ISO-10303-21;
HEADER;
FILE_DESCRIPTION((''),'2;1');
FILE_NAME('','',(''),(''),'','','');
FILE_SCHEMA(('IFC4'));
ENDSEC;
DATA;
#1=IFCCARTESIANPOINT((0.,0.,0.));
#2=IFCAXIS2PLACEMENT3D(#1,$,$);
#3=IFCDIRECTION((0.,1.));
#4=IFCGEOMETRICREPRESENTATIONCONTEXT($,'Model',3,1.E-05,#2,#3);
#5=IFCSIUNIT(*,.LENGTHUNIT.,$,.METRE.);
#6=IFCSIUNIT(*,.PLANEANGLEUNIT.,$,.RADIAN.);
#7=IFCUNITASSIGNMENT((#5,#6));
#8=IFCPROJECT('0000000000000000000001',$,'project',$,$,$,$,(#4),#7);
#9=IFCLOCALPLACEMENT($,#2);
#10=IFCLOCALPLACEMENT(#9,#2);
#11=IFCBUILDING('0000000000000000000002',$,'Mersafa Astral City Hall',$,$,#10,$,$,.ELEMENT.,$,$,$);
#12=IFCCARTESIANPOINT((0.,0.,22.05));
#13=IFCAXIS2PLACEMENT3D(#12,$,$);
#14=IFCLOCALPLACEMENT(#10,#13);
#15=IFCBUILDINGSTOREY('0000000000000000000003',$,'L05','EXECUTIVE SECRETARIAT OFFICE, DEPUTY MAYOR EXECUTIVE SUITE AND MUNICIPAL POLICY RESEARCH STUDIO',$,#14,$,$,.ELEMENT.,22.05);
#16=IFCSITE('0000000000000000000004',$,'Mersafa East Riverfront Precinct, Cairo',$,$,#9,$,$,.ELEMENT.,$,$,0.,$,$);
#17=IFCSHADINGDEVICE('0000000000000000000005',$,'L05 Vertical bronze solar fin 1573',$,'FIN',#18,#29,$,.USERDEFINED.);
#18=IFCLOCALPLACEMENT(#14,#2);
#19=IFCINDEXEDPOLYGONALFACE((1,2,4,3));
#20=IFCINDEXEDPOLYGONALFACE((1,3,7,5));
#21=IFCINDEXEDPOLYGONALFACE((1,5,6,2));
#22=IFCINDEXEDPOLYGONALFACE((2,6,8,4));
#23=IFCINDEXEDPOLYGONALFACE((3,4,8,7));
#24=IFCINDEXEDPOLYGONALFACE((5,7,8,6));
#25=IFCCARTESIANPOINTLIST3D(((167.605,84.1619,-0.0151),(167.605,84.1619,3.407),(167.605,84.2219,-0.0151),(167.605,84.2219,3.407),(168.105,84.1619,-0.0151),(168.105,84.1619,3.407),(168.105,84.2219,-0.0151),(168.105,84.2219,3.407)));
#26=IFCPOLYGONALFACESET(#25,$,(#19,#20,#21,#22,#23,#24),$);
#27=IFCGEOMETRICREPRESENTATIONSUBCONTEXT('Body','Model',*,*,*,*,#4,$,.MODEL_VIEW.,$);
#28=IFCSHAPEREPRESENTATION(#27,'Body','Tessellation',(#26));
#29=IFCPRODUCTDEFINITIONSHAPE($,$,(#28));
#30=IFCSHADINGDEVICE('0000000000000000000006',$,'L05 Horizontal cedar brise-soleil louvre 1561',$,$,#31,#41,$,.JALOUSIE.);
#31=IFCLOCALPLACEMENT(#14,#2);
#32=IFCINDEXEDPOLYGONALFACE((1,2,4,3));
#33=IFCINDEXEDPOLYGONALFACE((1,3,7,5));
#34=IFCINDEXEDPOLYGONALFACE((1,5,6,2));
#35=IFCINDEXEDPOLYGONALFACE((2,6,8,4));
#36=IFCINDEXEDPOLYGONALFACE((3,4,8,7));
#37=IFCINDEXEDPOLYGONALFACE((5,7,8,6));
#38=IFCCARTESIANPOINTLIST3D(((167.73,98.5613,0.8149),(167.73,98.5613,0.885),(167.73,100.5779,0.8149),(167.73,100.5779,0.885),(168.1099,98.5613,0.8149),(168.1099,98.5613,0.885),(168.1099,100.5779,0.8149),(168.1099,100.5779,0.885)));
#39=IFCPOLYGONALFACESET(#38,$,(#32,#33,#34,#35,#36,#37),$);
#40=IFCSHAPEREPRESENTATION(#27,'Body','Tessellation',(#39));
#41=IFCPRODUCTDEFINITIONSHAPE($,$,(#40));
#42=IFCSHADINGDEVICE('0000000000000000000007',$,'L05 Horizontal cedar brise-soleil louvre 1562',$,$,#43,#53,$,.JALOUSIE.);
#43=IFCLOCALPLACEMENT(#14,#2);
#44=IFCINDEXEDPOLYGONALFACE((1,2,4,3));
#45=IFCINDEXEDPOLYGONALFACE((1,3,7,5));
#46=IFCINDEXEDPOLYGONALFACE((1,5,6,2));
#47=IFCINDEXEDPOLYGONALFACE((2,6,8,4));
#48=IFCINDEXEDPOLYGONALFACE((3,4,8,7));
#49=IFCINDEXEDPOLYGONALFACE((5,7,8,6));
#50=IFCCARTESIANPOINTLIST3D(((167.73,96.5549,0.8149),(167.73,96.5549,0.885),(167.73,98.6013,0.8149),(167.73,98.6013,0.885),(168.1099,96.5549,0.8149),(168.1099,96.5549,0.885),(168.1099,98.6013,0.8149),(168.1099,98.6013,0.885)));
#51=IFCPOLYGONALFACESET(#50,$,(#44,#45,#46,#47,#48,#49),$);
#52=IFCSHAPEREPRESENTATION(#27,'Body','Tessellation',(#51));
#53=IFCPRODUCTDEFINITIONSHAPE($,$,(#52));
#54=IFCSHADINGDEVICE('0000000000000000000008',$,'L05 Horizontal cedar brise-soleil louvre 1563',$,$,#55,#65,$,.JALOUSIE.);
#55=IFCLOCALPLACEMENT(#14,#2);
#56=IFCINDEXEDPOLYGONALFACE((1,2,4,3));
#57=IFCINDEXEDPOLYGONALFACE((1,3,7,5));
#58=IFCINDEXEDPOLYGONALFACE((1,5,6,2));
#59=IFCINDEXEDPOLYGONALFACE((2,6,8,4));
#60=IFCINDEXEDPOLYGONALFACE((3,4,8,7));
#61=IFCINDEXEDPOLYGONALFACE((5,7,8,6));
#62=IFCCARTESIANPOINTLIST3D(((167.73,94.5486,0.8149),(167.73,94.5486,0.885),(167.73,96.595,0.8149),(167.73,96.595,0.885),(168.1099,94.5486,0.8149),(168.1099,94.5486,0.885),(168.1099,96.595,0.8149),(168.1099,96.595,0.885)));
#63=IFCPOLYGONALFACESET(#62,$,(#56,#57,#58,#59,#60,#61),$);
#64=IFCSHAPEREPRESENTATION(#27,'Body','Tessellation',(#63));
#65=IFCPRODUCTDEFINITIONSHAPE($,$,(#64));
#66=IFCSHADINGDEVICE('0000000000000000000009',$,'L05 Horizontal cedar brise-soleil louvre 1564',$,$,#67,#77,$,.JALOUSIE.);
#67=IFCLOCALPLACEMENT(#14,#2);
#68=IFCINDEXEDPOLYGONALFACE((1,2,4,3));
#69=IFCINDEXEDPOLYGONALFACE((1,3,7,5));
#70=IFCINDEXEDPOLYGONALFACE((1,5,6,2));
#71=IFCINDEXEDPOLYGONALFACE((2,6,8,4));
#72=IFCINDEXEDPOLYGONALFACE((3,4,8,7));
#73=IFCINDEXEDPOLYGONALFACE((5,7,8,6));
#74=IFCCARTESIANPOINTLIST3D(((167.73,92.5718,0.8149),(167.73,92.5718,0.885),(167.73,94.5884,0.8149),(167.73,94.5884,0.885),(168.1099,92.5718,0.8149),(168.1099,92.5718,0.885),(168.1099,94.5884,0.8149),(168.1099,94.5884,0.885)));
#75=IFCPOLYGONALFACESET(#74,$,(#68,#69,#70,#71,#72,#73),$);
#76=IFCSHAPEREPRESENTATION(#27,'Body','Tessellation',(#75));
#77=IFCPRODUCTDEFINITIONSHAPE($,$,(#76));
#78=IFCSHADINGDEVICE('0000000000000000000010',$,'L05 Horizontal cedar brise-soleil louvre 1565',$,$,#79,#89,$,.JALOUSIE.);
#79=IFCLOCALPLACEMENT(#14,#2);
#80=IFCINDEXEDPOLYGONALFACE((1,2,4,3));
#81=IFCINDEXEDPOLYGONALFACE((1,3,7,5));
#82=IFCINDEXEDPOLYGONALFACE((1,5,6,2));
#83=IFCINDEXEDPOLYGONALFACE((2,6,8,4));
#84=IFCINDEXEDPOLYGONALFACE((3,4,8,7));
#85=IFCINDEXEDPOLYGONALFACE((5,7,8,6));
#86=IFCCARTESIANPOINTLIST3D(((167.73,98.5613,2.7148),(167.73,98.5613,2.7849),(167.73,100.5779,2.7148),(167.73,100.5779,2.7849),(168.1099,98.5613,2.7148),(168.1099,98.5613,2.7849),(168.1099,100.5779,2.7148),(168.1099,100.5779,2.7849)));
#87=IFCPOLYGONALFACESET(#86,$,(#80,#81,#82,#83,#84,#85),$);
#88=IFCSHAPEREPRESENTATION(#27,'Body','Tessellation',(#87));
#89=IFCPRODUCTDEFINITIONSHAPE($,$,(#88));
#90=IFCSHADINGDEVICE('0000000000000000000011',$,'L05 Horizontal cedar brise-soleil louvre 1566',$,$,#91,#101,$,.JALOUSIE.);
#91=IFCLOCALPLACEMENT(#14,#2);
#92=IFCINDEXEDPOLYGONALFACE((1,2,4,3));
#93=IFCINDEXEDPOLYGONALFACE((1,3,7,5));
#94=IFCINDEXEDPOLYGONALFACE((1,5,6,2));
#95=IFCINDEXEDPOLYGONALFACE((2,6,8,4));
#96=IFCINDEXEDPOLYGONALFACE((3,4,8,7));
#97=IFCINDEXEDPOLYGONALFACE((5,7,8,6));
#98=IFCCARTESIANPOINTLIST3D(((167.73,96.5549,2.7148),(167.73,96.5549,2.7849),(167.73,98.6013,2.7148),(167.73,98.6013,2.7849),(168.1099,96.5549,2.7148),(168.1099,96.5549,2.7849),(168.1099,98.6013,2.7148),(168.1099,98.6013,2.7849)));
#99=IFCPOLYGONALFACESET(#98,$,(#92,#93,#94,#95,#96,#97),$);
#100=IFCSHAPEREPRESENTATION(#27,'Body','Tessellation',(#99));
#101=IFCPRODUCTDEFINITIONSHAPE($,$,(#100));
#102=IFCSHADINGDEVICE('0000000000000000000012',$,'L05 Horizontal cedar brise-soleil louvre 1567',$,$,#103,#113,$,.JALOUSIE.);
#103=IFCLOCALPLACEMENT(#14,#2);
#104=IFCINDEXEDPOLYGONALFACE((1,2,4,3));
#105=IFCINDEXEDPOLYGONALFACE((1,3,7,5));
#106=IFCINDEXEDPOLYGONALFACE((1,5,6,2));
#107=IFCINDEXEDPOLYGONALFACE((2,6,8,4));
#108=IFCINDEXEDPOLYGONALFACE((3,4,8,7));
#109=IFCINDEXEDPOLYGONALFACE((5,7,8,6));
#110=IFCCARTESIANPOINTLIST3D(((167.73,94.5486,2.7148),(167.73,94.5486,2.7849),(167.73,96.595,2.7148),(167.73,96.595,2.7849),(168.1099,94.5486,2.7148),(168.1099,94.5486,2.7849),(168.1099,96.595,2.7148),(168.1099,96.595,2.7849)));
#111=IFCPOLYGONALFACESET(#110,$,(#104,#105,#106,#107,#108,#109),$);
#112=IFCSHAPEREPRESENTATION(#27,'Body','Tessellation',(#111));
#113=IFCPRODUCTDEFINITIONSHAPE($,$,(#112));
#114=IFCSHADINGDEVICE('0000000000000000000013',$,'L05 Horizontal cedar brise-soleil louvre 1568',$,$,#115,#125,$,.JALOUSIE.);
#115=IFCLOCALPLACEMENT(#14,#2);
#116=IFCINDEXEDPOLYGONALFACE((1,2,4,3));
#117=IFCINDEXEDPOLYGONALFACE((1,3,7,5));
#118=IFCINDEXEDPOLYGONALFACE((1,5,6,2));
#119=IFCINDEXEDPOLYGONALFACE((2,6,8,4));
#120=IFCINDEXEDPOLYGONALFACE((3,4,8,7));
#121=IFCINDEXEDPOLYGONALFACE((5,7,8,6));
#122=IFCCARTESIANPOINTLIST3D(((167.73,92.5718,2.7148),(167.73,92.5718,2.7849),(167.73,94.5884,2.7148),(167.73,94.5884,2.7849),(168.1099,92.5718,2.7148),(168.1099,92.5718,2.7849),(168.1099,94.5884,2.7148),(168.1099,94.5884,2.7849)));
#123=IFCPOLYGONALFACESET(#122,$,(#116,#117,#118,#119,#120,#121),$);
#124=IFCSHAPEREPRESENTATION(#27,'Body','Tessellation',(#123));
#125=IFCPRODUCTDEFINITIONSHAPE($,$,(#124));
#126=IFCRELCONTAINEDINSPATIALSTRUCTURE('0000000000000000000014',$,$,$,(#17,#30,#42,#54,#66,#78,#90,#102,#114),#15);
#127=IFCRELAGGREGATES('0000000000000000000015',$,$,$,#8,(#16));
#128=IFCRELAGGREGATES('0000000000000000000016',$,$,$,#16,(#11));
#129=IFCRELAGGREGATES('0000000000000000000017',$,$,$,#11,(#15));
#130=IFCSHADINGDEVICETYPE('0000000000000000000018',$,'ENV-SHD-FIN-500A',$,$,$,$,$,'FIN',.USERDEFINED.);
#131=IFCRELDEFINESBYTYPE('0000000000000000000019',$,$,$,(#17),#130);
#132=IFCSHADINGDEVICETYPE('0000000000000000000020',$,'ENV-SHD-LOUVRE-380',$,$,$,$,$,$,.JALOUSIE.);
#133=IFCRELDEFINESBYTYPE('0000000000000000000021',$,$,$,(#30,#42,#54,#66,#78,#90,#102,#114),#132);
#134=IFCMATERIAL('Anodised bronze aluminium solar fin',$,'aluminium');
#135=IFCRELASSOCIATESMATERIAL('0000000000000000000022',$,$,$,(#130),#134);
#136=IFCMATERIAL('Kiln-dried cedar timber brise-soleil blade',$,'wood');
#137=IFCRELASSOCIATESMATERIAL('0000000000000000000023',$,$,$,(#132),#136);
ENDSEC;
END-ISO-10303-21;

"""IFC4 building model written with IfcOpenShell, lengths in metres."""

from ifc_helpers import new_model, si_unit, direction, frame, origin, origin_2d, place, context, subcontext, project, spatial, rectangle, extrude, material, type_object, element, save


model = new_model("IFC4")

# Units and contexts
model_context = context("Model", 3, precision=1e-05, world=origin(), true_north=direction((0.0, 1.0)))
body_context = subcontext(model_context, "Body", "Model", "MODEL_VIEW")
ifc_project = project(units=[si_unit("LENGTHUNIT", "METRE"), si_unit("PLANEANGLEUNIT", "RADIAN")], contexts=[model_context])

# Site, building, storey
site_placement = place(None, origin())
site = spatial("IfcSite", under=ifc_project, at=site_placement, Name="Mersafa East Riverfront Precinct, Cairo", CompositionType="ELEMENT", RefElevation=0.0)
building_placement = place(site_placement, origin())
building = spatial("IfcBuilding", under=site, at=building_placement, Name="Mersafa Astral City Hall", CompositionType="ELEMENT")
storey_placement = place(building_placement, frame((0.0, 0.0, 22.05)))
storey = spatial("IfcBuildingStorey", under=building, at=storey_placement, Name="L05", Description="EXECUTIVE SECRETARIAT OFFICE, DEPUTY MAYOR EXECUTIVE SUITE AND MUNICIPAL POLICY RESEARCH STUDIO", CompositionType="ELEMENT", Elevation=22.05)

# Shading devices
ifc_material_1 = material(Name="Anodised bronze aluminium solar fin", Category="aluminium")
shading_device_type_1 = type_object("IfcShadingDeviceType", Name="ENV-SHD-FIN-500A", ElementType="FIN", PredefinedType="USERDEFINED", material=ifc_material_1)
for number, where, z_axis, x_axis, name in (
    (1, (167.855, 84.1919, -0.0151), (0.0, 0.0, 1.0), (0.0, -1.0, 0.0), "L05 Vertical bronze solar fin 1573"),
):
    element("IfcShadingDevice", number, at=place(storey_placement, frame(where, z_axis=z_axis, x_axis=x_axis)), inside=storey, type_object=shading_device_type_1, Name=name, ObjectType="FIN", PredefinedType="USERDEFINED", context=body_context, shape_type="SweptSolid", body=[
        extrude(rectangle(XDim=0.0601, YDim=0.5, at=origin_2d()), origin(), (0.0, 0.0, 1.0), 3.4221),
    ])
ifc_material_2 = material(Name="Kiln-dried cedar timber brise-soleil blade", Category="wood")
shading_device_type_2 = type_object("IfcShadingDeviceType", Name="ENV-SHD-LOUVRE-380", PredefinedType="JALOUSIE", material=ifc_material_2)
shading_device_1_placement = place(storey_placement, frame((167.9199, 99.5696, 0.8149), z_axis=(0.0, 0.0, 1.0), x_axis=(0.0, -1.0, 0.0)))
element("IfcShadingDevice", 2, at=shading_device_1_placement, inside=storey, type_object=shading_device_type_2, Name="L05 Horizontal cedar brise-soleil louvre 1561", PredefinedType="JALOUSIE", context=body_context, shape_type="SweptSolid", body=[
    extrude(rectangle(XDim=2.0166, YDim=0.3799, at=origin_2d()), origin(), (0.0, 0.0, 1.0), 0.0701),
])
for number, where, z_axis, x_axis, name in (
    (3, (167.9199, 97.5781, 0.8149), (0.0, 0.0, 1.0), (0.0, -1.0, 0.0), "L05 Horizontal cedar brise-soleil louvre 1562"),
    (4, (167.9199, 95.5718, 0.8149), (0.0, 0.0, 1.0), (0.0, -1.0, 0.0), "L05 Horizontal cedar brise-soleil louvre 1563"),
):
    element("IfcShadingDevice", number, at=place(storey_placement, frame(where, z_axis=z_axis, x_axis=x_axis)), inside=storey, type_object=shading_device_type_2, Name=name, PredefinedType="JALOUSIE", context=body_context, shape_type="SweptSolid", body=[
        extrude(rectangle(XDim=2.0464, YDim=0.3799, at=origin_2d()), origin(), (0.0, 0.0, 1.0), 0.0701),
    ])
for number, where, z_axis, x_axis, name in (
    (5, (167.9199, 93.5801, 0.8149), (0.0, 0.0, 1.0), (0.0, -1.0, 0.0), "L05 Horizontal cedar brise-soleil louvre 1564"),
    (6, (167.9199, 99.5696, 2.7148), (0.0, 0.0, 1.0), (0.0, -1.0, 0.0), "L05 Horizontal cedar brise-soleil louvre 1565"),
):
    element("IfcShadingDevice", number, at=place(storey_placement, frame(where, z_axis=z_axis, x_axis=x_axis)), inside=storey, type_object=shading_device_type_2, Name=name, PredefinedType="JALOUSIE", context=body_context, shape_type="SweptSolid", body=[
        extrude(rectangle(XDim=2.0166, YDim=0.3799, at=origin_2d()), origin(), (0.0, 0.0, 1.0), 0.0701),
    ])
for number, where, z_axis, x_axis, name in (
    (7, (167.9199, 97.5781, 2.7148), (0.0, 0.0, 1.0), (0.0, -1.0, 0.0), "L05 Horizontal cedar brise-soleil louvre 1566"),
    (8, (167.9199, 95.5718, 2.7148), (0.0, 0.0, 1.0), (0.0, -1.0, 0.0), "L05 Horizontal cedar brise-soleil louvre 1567"),
):
    element("IfcShadingDevice", number, at=place(storey_placement, frame(where, z_axis=z_axis, x_axis=x_axis)), inside=storey, type_object=shading_device_type_2, Name=name, PredefinedType="JALOUSIE", context=body_context, shape_type="SweptSolid", body=[
        extrude(rectangle(XDim=2.0464, YDim=0.3799, at=origin_2d()), origin(), (0.0, 0.0, 1.0), 0.0701),
    ])
shading_device_2_placement = place(storey_placement, frame((167.9199, 93.5801, 2.7148), z_axis=(0.0, 0.0, 1.0), x_axis=(0.0, -1.0, 0.0)))
element("IfcShadingDevice", 9, at=shading_device_2_placement, inside=storey, type_object=shading_device_type_2, Name="L05 Horizontal cedar brise-soleil louvre 1568", PredefinedType="JALOUSIE", context=body_context, shape_type="SweptSolid", body=[
    extrude(rectangle(XDim=2.0166, YDim=0.3799, at=origin_2d()), origin(), (0.0, 0.0, 1.0), 0.0701),
])

save(model, "model.ifc")
